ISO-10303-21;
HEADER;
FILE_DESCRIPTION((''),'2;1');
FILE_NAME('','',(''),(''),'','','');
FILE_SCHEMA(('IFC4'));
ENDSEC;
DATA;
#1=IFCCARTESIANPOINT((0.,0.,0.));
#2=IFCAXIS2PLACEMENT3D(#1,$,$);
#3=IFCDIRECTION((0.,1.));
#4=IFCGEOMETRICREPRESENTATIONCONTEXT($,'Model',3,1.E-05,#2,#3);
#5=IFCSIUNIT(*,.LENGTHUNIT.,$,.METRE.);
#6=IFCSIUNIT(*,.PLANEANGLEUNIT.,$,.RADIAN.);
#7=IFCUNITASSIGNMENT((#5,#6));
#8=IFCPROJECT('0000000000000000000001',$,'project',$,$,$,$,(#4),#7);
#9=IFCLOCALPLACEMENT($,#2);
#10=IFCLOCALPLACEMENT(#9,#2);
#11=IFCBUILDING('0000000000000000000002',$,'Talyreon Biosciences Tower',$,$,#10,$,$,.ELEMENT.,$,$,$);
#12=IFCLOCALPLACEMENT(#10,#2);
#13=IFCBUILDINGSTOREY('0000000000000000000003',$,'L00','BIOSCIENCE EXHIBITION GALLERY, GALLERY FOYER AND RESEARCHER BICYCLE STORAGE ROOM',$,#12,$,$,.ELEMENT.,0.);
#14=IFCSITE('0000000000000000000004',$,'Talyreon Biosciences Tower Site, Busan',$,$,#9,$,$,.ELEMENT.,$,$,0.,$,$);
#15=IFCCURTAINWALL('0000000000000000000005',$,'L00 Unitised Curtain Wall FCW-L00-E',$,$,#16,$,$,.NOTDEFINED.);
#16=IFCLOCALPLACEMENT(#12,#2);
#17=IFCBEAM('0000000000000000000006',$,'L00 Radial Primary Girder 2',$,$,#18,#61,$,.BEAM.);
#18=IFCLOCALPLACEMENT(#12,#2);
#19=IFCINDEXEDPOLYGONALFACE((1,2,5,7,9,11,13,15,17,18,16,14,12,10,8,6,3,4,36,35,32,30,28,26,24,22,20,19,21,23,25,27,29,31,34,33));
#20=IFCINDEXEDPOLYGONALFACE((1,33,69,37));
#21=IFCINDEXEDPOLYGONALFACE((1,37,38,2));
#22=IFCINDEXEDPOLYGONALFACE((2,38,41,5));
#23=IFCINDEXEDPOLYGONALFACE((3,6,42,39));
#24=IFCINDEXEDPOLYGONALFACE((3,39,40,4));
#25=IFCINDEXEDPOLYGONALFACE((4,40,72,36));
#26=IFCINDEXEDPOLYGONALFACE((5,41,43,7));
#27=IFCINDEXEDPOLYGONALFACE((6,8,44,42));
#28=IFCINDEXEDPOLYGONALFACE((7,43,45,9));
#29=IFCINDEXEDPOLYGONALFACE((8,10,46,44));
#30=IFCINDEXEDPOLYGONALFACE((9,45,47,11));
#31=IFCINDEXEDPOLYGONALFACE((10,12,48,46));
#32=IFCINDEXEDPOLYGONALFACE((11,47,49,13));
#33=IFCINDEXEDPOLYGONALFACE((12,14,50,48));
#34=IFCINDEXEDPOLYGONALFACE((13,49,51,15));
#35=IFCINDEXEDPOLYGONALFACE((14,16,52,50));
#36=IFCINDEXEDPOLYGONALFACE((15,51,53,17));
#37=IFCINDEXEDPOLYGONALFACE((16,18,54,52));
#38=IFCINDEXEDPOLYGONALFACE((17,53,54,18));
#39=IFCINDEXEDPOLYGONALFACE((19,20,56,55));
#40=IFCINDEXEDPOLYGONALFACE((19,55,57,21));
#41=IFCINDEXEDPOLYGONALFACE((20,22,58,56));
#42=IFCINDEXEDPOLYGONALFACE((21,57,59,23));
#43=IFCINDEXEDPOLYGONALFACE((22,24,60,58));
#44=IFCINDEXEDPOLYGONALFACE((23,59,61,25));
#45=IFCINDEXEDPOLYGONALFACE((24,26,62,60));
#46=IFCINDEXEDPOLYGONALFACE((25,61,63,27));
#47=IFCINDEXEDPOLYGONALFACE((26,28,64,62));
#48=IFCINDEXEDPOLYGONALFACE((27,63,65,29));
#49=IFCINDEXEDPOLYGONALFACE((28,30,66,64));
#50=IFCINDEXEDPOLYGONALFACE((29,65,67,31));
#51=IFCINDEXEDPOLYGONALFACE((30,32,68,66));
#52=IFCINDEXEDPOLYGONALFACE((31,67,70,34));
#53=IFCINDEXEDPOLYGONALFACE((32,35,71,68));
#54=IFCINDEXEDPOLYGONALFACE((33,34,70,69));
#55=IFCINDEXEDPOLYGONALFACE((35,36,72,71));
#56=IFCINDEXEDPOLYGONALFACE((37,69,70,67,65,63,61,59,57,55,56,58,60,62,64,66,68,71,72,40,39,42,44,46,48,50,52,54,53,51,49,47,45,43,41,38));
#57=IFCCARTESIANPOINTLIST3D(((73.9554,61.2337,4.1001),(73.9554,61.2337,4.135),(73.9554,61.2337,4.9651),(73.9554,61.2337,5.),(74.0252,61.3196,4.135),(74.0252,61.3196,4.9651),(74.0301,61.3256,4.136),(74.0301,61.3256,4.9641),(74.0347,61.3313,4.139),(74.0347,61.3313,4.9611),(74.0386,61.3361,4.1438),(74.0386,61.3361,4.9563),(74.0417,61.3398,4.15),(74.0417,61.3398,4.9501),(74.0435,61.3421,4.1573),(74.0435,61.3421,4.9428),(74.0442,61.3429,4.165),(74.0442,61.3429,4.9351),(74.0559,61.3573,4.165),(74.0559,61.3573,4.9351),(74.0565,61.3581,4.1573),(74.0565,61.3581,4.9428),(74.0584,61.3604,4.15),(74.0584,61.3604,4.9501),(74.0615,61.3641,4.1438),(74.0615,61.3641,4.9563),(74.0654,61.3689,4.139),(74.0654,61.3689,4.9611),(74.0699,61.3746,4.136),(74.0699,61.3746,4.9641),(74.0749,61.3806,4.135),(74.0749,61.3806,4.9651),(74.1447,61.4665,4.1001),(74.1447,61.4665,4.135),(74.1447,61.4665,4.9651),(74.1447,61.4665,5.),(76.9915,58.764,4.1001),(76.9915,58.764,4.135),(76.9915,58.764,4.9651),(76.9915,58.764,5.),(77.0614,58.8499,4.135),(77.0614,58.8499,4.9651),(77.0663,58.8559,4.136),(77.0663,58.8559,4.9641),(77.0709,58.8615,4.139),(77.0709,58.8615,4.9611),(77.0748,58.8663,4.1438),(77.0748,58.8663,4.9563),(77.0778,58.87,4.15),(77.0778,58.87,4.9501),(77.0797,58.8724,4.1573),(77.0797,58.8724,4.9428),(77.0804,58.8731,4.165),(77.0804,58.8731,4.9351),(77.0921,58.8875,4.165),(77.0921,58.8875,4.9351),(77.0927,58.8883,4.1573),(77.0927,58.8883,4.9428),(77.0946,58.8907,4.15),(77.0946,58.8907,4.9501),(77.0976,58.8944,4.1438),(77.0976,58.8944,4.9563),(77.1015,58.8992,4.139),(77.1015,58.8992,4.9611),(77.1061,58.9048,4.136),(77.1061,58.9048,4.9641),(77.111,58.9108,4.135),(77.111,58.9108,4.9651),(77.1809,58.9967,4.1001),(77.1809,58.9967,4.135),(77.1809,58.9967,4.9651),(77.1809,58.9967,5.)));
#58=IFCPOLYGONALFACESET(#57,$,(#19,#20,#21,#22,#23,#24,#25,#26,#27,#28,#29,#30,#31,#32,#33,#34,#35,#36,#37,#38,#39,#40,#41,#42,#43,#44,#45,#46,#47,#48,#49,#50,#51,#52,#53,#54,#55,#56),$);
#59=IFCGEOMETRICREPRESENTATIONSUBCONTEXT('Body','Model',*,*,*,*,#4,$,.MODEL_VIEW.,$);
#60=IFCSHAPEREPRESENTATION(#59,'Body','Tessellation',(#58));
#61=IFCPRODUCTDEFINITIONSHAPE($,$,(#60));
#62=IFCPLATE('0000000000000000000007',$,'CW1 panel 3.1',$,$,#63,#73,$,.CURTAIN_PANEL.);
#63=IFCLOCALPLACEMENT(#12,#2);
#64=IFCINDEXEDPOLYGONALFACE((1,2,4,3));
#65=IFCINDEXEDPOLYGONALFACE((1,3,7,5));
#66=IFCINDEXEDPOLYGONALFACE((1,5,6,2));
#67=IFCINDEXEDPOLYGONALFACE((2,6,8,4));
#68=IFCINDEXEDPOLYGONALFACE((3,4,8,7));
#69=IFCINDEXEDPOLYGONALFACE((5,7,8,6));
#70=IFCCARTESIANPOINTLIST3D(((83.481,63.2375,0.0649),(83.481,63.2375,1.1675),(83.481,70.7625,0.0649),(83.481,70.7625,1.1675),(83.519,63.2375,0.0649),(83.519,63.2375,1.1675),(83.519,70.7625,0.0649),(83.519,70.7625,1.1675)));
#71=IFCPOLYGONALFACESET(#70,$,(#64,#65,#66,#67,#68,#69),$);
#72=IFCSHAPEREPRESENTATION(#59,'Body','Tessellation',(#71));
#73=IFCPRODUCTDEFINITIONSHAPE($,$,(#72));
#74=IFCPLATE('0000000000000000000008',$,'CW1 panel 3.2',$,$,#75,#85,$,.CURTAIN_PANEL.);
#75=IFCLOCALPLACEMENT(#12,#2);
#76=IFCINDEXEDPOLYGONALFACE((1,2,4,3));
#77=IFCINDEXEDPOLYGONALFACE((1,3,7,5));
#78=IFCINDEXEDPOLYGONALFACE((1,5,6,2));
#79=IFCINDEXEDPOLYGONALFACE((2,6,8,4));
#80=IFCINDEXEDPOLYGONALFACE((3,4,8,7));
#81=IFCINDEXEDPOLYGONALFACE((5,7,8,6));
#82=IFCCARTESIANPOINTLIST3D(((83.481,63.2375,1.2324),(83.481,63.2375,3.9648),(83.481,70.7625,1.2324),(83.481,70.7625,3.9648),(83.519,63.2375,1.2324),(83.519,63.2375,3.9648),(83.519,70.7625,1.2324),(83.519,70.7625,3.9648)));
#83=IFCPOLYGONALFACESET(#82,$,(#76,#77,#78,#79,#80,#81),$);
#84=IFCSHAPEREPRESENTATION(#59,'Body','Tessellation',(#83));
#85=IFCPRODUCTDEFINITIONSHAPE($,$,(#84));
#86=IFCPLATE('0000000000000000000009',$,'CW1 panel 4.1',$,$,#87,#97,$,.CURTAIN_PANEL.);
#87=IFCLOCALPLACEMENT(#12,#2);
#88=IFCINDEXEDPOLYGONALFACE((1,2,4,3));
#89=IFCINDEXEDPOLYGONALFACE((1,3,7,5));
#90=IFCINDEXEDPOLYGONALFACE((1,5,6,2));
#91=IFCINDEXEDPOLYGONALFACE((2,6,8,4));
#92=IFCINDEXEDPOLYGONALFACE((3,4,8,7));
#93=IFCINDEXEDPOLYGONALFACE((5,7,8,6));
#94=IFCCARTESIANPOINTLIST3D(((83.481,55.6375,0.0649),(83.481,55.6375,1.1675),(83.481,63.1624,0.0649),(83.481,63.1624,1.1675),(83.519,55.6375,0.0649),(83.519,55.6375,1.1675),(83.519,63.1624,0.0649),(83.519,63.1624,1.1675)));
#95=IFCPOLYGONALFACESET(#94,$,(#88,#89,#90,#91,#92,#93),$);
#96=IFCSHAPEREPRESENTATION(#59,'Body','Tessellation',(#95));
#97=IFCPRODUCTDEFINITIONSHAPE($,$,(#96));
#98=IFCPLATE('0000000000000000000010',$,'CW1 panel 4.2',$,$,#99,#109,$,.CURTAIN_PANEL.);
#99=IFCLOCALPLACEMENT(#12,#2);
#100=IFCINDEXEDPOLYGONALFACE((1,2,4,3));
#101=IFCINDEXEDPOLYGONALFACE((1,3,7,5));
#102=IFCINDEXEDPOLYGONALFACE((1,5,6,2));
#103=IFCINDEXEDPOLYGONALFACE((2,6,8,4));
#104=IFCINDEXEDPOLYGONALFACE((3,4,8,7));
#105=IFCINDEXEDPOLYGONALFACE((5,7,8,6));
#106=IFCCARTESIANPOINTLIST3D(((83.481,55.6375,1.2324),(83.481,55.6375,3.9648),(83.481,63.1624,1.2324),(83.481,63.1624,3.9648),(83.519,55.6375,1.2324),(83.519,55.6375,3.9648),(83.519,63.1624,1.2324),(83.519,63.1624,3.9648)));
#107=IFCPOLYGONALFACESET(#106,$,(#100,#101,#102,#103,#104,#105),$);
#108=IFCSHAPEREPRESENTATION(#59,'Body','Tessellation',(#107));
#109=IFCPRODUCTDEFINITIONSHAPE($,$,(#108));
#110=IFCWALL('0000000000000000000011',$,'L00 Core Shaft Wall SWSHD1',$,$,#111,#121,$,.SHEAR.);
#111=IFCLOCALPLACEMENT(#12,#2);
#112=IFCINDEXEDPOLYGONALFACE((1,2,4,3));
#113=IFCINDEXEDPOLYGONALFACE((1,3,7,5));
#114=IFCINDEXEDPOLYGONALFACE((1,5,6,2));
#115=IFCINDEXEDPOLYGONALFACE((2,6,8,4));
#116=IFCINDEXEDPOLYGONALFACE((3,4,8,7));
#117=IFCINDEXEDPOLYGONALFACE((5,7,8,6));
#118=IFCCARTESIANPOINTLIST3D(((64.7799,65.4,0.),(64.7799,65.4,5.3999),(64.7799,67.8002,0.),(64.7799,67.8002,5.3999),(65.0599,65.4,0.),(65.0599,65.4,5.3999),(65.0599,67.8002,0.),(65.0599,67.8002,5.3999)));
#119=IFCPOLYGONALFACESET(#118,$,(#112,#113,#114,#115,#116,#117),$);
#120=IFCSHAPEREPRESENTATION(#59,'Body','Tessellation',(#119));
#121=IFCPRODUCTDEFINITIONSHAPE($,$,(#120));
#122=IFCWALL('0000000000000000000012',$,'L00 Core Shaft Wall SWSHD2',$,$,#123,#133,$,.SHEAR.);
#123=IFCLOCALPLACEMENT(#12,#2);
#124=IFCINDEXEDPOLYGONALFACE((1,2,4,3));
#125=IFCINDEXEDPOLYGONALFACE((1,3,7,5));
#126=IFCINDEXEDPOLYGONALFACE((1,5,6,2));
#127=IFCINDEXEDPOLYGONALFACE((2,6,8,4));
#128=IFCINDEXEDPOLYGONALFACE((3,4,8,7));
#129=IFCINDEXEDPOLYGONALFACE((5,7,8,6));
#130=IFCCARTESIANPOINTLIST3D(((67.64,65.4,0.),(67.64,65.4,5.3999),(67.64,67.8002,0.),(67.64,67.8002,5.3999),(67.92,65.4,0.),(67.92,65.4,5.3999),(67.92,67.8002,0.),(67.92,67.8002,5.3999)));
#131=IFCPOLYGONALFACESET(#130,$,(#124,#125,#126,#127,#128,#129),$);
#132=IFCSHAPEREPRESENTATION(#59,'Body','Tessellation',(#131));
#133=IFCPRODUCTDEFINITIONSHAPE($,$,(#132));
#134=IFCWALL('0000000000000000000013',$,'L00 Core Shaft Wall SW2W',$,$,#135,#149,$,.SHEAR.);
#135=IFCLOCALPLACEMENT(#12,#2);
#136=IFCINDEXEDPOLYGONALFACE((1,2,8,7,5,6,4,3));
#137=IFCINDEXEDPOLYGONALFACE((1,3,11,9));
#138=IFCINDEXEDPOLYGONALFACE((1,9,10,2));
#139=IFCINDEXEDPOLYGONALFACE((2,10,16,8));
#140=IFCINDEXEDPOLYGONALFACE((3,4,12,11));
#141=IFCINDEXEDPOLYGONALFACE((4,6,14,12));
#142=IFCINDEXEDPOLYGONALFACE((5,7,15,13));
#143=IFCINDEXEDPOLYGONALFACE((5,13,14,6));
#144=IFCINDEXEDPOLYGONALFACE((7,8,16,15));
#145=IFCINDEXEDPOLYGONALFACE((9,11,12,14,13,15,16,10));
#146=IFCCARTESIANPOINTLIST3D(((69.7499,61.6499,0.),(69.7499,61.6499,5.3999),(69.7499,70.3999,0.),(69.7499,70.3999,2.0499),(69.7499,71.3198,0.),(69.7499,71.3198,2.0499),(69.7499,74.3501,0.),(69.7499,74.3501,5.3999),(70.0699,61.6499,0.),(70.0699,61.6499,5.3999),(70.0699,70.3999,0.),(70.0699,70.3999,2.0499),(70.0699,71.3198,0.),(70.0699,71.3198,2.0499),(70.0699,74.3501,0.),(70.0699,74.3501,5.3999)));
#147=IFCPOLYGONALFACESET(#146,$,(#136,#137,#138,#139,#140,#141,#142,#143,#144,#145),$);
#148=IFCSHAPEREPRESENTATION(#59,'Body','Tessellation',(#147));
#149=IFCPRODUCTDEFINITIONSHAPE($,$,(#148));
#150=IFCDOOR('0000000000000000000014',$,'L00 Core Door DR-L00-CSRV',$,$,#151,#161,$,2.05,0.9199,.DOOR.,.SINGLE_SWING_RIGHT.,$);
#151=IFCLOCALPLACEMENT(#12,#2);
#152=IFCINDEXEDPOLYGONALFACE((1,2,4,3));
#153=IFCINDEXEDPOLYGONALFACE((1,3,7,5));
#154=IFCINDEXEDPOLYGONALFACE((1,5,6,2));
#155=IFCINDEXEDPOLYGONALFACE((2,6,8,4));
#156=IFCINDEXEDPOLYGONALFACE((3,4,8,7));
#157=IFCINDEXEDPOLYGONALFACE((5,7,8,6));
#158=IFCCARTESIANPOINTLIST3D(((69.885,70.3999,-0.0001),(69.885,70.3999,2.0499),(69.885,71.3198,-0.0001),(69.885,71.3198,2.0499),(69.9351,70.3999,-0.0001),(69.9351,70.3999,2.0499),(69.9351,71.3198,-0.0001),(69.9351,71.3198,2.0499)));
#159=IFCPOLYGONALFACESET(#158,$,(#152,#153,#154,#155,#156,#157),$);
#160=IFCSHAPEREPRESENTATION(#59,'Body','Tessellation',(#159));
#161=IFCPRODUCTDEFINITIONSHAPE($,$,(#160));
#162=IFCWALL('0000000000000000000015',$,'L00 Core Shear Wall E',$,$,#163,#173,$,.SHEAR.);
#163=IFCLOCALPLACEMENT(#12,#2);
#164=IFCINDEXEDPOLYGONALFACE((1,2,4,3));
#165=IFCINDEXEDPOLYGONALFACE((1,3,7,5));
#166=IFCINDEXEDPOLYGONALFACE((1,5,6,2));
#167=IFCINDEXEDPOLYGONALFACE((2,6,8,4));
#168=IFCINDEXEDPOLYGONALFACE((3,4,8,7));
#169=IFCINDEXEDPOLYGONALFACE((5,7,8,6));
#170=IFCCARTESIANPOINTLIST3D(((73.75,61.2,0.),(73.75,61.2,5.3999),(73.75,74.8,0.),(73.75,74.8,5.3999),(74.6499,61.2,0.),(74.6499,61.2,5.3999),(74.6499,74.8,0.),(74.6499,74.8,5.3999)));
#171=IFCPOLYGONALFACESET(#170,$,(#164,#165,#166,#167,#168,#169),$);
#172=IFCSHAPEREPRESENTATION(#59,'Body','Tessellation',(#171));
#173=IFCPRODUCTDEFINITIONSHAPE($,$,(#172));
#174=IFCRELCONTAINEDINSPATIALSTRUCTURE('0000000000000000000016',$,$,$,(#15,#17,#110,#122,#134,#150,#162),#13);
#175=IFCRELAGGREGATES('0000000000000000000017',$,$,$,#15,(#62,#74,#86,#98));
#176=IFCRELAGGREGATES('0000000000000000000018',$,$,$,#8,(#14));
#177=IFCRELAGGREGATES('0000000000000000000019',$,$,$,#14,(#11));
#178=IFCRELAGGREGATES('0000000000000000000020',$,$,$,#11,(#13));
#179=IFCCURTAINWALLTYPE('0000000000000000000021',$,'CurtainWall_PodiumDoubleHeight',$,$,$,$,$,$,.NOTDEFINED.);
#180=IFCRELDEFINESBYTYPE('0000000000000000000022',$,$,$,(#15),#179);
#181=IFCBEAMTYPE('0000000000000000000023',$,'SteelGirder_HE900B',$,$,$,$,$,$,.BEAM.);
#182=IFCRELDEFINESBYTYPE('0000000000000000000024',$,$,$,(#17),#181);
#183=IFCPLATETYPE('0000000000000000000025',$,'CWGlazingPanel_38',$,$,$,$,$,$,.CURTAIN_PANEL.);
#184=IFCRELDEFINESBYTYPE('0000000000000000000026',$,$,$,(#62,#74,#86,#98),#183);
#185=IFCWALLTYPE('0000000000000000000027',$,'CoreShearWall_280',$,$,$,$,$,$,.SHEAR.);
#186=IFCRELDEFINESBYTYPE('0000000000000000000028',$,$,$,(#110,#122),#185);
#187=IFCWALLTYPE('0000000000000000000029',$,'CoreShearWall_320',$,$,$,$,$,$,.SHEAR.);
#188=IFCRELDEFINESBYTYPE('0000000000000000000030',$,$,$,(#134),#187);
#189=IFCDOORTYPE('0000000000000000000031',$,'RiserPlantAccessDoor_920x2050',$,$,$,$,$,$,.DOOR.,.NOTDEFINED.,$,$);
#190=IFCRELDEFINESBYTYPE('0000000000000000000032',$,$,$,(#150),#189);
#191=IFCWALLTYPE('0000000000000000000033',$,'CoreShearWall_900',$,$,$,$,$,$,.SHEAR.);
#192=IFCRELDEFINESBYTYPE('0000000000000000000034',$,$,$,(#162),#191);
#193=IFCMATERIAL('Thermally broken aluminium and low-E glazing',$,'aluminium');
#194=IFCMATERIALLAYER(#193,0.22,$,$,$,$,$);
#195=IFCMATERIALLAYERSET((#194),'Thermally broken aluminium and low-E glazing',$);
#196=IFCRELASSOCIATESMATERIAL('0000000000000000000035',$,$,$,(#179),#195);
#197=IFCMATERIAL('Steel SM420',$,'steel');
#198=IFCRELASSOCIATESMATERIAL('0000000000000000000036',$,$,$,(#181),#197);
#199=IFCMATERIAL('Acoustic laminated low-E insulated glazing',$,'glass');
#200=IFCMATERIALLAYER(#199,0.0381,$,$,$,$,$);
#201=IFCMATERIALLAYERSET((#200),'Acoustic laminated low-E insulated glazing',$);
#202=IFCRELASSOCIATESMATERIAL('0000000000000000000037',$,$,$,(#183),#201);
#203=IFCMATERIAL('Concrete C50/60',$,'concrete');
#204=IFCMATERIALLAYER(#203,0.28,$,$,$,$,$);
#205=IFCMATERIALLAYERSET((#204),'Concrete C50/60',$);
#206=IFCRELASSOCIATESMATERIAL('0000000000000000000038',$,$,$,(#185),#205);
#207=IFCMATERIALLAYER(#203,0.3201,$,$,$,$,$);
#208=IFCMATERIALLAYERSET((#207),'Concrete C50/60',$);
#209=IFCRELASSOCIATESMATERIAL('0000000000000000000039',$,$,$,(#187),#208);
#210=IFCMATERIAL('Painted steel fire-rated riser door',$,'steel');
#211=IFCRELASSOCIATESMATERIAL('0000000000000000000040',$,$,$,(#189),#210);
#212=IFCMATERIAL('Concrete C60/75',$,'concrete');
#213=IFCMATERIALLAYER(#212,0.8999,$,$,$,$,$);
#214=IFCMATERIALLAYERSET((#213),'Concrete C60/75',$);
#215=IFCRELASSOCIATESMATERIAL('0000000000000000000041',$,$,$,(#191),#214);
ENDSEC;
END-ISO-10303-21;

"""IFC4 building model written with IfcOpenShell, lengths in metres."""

from ifc_helpers import new_model, si_unit, direction, frame, frame_2d, origin, origin_2d, place, context, subcontext, project, spatial, rectangle, i_section, extrude, material, layer, layer_set, material_profile, profile_set, type_object, element, fill, aggregate, save


model = new_model("IFC4")

# Units and contexts
model_context = context("Model", 3, precision=1e-05, world=origin(), true_north=direction((0.0, 1.0)))
body_context = subcontext(model_context, "Body", "Model", "MODEL_VIEW")
ifc_project = project(units=[si_unit("LENGTHUNIT", "METRE"), si_unit("PLANEANGLEUNIT", "RADIAN")], contexts=[model_context])

# Site, building, storey
site_placement = place(None, origin())
site = spatial("IfcSite", under=ifc_project, at=site_placement, Name="Talyreon Biosciences Tower Site, Busan", CompositionType="ELEMENT", RefElevation=0.0)
building_placement = place(site_placement, origin())
building = spatial("IfcBuilding", under=site, at=building_placement, Name="Talyreon Biosciences Tower", CompositionType="ELEMENT")
storey_placement = place(building_placement, origin())
storey = spatial("IfcBuildingStorey", under=building, at=storey_placement, Name="L00", Description="BIOSCIENCE EXHIBITION GALLERY, GALLERY FOYER AND RESEARCHER BICYCLE STORAGE ROOM", CompositionType="ELEMENT", Elevation=0.0)

# Shared definitions
ifc_material_1 = material(Name="Concrete C60/75", Category="concrete")

# Curtain wall
ifc_material_2 = material(Name="Thermally broken aluminium and low-E glazing", Category="aluminium")
ifc_layer_1 = layer(ifc_material_2, 0.22)
ifc_layer_set_1 = layer_set([ifc_layer_1], Name="Thermally broken aluminium and low-E glazing")
curtain_wall_type = type_object("IfcCurtainWallType", Name="CurtainWall_PodiumDoubleHeight", PredefinedType="NOTDEFINED", material=ifc_layer_set_1)
curtain_wall_placement = place(storey_placement, origin())
curtain_wall = element("IfcCurtainWall", 1, at=curtain_wall_placement, inside=storey, type_object=curtain_wall_type, Name="L00 Unitised Curtain Wall FCW-L00-E", PredefinedType="NOTDEFINED")

# Beam
ifc_material_3 = material(Name="Concrete C50/60", Category="concrete")
ifc_material_4 = material(Name="Steel SM420", Category="steel")
ifc_material_profile_1 = material_profile(ifc_material_4, i_section(OverallWidth=0.3, OverallDepth=0.8999, WebThickness=0.0186, FlangeThickness=0.0349, FilletRadius=0.03, at=origin_2d()), Name="HE900B")
ifc_profile_set_1 = profile_set([ifc_material_profile_1], Name="Steel SM420")
beam_type_1 = type_object("IfcBeamType", Name="SteelGirder_HE900B", PredefinedType="BEAM", material=ifc_profile_set_1)
beam_1_placement = place(storey_placement, frame((74.05, 61.3501, 4.55), z_axis=(0.775755, -0.631034, 0.0), x_axis=(0.631034, 0.775755, 0.0)))
element("IfcBeam", 2, at=beam_1_placement, inside=storey, type_object=beam_type_1, Name="L00 Radial Primary Girder 2", PredefinedType="BEAM", context=body_context, shape_type="SweptSolid", body=[
    extrude(i_section(OverallWidth=0.3, OverallDepth=0.8999, WebThickness=0.0186, FlangeThickness=0.0349, FilletRadius=0.03, at=origin_2d()), origin(), (0.0, 0.0, 1.0), 3.9138),
])

# Plates
ifc_material_5 = material(Name="Acoustic laminated low-E insulated glazing", Category="glass")
ifc_layer_2 = layer(ifc_material_5, 0.0381)
ifc_layer_set_2 = layer_set([ifc_layer_2], Name="Acoustic laminated low-E insulated glazing")
plate_type = type_object("IfcPlateType", Name="CWGlazingPanel_38", PredefinedType="CURTAIN_PANEL", material=ifc_layer_set_2)
plate_1_placement = place(storey_placement, frame((83.5, 67.0, 0.0649), z_axis=(0.0, 0.0, 1.0), x_axis=(0.0, -1.0, 0.0)))
plate_1 = element("IfcPlate", 3, at=plate_1_placement, type_object=plate_type, Name="CW1 panel 3.1", PredefinedType="CURTAIN_PANEL", context=body_context, shape_type="SweptSolid", body=[
    extrude(rectangle(XDim=7.5249, YDim=0.0381, at=origin_2d()), origin(), (0.0, 0.0, 1.0), 1.1025),
])
plate_2_placement = place(storey_placement, frame((83.5, 67.0, 1.2324), z_axis=(0.0, 0.0, 1.0), x_axis=(0.0, -1.0, 0.0)))
plate_2 = element("IfcPlate", 4, at=plate_2_placement, type_object=plate_type, Name="CW1 panel 3.2", PredefinedType="CURTAIN_PANEL", context=body_context, shape_type="SweptSolid", body=[
    extrude(rectangle(XDim=7.5249, YDim=0.0381, at=origin_2d()), origin(), (0.0, 0.0, 1.0), 2.7324),
])
plate_3_placement = place(storey_placement, frame((83.5, 59.3999, 0.0649), z_axis=(0.0, 0.0, 1.0), x_axis=(0.0, -1.0, 0.0)))
plate_3 = element("IfcPlate", 5, at=plate_3_placement, type_object=plate_type, Name="CW1 panel 4.1", PredefinedType="CURTAIN_PANEL", context=body_context, shape_type="SweptSolid", body=[
    extrude(rectangle(XDim=7.5249, YDim=0.0381, at=origin_2d()), origin(), (0.0, 0.0, 1.0), 1.1025),
])
plate_4_placement = place(storey_placement, frame((83.5, 59.3999, 1.2324), z_axis=(0.0, 0.0, 1.0), x_axis=(0.0, -1.0, 0.0)))
plate_4 = element("IfcPlate", 6, at=plate_4_placement, type_object=plate_type, Name="CW1 panel 4.2", PredefinedType="CURTAIN_PANEL", context=body_context, shape_type="SweptSolid", body=[
    extrude(rectangle(XDim=7.5249, YDim=0.0381, at=origin_2d()), origin(), (0.0, 0.0, 1.0), 2.7324),
])
aggregate(curtain_wall, [plate_1, plate_2, plate_3, plate_4])

# Walls
ifc_layer_3 = layer(ifc_material_3, 0.28)
ifc_layer_set_3 = layer_set([ifc_layer_3], Name="Concrete C50/60")
wall_type_1 = type_object("IfcWallType", Name="CoreShearWall_280", PredefinedType="SHEAR", material=ifc_layer_set_3)
for number, where, z_axis, x_axis, name in (
    (7, (64.9199, 65.3999, 0.0), (0.0, 0.0, 1.0), (0.0, 1.0, 0.0), "L00 Core Shaft Wall SWSHD1"),
    (8, (67.78, 65.3999, 0.0), (0.0, 0.0, 1.0), (0.0, 1.0, 0.0), "L00 Core Shaft Wall SWSHD2"),
):
    element("IfcWall", number, at=place(storey_placement, frame(where, z_axis=z_axis, x_axis=x_axis)), inside=storey, type_object=wall_type_1, Name=name, PredefinedType="SHEAR", context=body_context, shape_type="SweptSolid", body=[
        extrude(rectangle(XDim=2.4001, YDim=0.28, at=frame_2d((1.2002, 0.0))), origin(), (0.0, 0.0, 1.0), 5.3999),
    ])

# Wall, opening, door
ifc_layer_4 = layer(ifc_material_3, 0.3201)
ifc_layer_set_4 = layer_set([ifc_layer_4], Name="Concrete C50/60")
wall_type_2 = type_object("IfcWallType", Name="CoreShearWall_320", PredefinedType="SHEAR", material=ifc_layer_set_4)
wall_1_placement = place(storey_placement, frame((69.9099, 61.6499, 0.0), z_axis=(0.0, 0.0, 1.0), x_axis=(0.0, 1.0, 0.0)))
wall_1 = element("IfcWall", 9, at=wall_1_placement, inside=storey, type_object=wall_type_2, Name="L00 Core Shaft Wall SW2W", PredefinedType="SHEAR", context=body_context, shape_type="SweptSolid", body=[
    extrude(rectangle(XDim=12.7002, YDim=0.3201, at=frame_2d((6.3501, 0.0))), origin(), (0.0, 0.0, 1.0), 5.3999),
])
opening_placement = place(wall_1_placement, frame((8.75, 0.0, 0.0)))
opening = element("IfcOpeningElement", 10, at=opening_placement, cuts=wall_1, PredefinedType="OPENING", context=body_context, shape_type="SweptSolid", body=[
    extrude(rectangle(XDim=0.9199, YDim=2.05, at=frame_2d((0.46, 1.0249))), frame((0.0, 0.1699, 0.0), z_axis=(0.0, -1.0, 0.0), x_axis=(1.0, 0.0, 0.0)), (0.0, 0.0, 1.0), 0.3401),
])
ifc_material_6 = material(Name="Painted steel fire-rated riser door", Category="steel")
door_type = type_object("IfcDoorType", Name="RiserPlantAccessDoor_920x2050", OperationType="NOTDEFINED", PredefinedType="DOOR", material=ifc_material_6)
door_placement = place(opening_placement, origin())
door = element("IfcDoor", 11, at=door_placement, inside=storey, type_object=door_type, Name="L00 Core Door DR-L00-CSRV", OperationType="SINGLE_SWING_RIGHT", OverallHeight=2.05, OverallWidth=0.9199, PredefinedType="DOOR", context=body_context, shape_type="SweptSolid", body=[
    extrude(rectangle(XDim=0.9199, YDim=2.05, at=frame_2d((0.46, 1.0249))), frame((0.0, 0.0249, 0.0), z_axis=(0.0, -1.0, 0.0), x_axis=(1.0, 0.0, 0.0)), (0.0, 0.0, 1.0), 0.05),
])
fill(opening, door)

# Wall
ifc_layer_5 = layer(ifc_material_1, 0.8999)
ifc_layer_set_5 = layer_set([ifc_layer_5], Name="Concrete C60/75")
wall_type_3 = type_object("IfcWallType", Name="CoreShearWall_900", PredefinedType="SHEAR", material=ifc_layer_set_5)
wall_2_placement = place(storey_placement, frame((74.2, 61.2, 0.0), z_axis=(0.0, 0.0, 1.0), x_axis=(0.0, 1.0, 0.0)))
element("IfcWall", 12, at=wall_2_placement, inside=storey, type_object=wall_type_3, Name="L00 Core Shear Wall E", PredefinedType="SHEAR", context=body_context, shape_type="SweptSolid", body=[
    extrude(rectangle(XDim=13.6001, YDim=0.8999, at=frame_2d((6.8, 0.0))), origin(), (0.0, 0.0, 1.0), 5.3999),
])

save(model, "model.ifc")
